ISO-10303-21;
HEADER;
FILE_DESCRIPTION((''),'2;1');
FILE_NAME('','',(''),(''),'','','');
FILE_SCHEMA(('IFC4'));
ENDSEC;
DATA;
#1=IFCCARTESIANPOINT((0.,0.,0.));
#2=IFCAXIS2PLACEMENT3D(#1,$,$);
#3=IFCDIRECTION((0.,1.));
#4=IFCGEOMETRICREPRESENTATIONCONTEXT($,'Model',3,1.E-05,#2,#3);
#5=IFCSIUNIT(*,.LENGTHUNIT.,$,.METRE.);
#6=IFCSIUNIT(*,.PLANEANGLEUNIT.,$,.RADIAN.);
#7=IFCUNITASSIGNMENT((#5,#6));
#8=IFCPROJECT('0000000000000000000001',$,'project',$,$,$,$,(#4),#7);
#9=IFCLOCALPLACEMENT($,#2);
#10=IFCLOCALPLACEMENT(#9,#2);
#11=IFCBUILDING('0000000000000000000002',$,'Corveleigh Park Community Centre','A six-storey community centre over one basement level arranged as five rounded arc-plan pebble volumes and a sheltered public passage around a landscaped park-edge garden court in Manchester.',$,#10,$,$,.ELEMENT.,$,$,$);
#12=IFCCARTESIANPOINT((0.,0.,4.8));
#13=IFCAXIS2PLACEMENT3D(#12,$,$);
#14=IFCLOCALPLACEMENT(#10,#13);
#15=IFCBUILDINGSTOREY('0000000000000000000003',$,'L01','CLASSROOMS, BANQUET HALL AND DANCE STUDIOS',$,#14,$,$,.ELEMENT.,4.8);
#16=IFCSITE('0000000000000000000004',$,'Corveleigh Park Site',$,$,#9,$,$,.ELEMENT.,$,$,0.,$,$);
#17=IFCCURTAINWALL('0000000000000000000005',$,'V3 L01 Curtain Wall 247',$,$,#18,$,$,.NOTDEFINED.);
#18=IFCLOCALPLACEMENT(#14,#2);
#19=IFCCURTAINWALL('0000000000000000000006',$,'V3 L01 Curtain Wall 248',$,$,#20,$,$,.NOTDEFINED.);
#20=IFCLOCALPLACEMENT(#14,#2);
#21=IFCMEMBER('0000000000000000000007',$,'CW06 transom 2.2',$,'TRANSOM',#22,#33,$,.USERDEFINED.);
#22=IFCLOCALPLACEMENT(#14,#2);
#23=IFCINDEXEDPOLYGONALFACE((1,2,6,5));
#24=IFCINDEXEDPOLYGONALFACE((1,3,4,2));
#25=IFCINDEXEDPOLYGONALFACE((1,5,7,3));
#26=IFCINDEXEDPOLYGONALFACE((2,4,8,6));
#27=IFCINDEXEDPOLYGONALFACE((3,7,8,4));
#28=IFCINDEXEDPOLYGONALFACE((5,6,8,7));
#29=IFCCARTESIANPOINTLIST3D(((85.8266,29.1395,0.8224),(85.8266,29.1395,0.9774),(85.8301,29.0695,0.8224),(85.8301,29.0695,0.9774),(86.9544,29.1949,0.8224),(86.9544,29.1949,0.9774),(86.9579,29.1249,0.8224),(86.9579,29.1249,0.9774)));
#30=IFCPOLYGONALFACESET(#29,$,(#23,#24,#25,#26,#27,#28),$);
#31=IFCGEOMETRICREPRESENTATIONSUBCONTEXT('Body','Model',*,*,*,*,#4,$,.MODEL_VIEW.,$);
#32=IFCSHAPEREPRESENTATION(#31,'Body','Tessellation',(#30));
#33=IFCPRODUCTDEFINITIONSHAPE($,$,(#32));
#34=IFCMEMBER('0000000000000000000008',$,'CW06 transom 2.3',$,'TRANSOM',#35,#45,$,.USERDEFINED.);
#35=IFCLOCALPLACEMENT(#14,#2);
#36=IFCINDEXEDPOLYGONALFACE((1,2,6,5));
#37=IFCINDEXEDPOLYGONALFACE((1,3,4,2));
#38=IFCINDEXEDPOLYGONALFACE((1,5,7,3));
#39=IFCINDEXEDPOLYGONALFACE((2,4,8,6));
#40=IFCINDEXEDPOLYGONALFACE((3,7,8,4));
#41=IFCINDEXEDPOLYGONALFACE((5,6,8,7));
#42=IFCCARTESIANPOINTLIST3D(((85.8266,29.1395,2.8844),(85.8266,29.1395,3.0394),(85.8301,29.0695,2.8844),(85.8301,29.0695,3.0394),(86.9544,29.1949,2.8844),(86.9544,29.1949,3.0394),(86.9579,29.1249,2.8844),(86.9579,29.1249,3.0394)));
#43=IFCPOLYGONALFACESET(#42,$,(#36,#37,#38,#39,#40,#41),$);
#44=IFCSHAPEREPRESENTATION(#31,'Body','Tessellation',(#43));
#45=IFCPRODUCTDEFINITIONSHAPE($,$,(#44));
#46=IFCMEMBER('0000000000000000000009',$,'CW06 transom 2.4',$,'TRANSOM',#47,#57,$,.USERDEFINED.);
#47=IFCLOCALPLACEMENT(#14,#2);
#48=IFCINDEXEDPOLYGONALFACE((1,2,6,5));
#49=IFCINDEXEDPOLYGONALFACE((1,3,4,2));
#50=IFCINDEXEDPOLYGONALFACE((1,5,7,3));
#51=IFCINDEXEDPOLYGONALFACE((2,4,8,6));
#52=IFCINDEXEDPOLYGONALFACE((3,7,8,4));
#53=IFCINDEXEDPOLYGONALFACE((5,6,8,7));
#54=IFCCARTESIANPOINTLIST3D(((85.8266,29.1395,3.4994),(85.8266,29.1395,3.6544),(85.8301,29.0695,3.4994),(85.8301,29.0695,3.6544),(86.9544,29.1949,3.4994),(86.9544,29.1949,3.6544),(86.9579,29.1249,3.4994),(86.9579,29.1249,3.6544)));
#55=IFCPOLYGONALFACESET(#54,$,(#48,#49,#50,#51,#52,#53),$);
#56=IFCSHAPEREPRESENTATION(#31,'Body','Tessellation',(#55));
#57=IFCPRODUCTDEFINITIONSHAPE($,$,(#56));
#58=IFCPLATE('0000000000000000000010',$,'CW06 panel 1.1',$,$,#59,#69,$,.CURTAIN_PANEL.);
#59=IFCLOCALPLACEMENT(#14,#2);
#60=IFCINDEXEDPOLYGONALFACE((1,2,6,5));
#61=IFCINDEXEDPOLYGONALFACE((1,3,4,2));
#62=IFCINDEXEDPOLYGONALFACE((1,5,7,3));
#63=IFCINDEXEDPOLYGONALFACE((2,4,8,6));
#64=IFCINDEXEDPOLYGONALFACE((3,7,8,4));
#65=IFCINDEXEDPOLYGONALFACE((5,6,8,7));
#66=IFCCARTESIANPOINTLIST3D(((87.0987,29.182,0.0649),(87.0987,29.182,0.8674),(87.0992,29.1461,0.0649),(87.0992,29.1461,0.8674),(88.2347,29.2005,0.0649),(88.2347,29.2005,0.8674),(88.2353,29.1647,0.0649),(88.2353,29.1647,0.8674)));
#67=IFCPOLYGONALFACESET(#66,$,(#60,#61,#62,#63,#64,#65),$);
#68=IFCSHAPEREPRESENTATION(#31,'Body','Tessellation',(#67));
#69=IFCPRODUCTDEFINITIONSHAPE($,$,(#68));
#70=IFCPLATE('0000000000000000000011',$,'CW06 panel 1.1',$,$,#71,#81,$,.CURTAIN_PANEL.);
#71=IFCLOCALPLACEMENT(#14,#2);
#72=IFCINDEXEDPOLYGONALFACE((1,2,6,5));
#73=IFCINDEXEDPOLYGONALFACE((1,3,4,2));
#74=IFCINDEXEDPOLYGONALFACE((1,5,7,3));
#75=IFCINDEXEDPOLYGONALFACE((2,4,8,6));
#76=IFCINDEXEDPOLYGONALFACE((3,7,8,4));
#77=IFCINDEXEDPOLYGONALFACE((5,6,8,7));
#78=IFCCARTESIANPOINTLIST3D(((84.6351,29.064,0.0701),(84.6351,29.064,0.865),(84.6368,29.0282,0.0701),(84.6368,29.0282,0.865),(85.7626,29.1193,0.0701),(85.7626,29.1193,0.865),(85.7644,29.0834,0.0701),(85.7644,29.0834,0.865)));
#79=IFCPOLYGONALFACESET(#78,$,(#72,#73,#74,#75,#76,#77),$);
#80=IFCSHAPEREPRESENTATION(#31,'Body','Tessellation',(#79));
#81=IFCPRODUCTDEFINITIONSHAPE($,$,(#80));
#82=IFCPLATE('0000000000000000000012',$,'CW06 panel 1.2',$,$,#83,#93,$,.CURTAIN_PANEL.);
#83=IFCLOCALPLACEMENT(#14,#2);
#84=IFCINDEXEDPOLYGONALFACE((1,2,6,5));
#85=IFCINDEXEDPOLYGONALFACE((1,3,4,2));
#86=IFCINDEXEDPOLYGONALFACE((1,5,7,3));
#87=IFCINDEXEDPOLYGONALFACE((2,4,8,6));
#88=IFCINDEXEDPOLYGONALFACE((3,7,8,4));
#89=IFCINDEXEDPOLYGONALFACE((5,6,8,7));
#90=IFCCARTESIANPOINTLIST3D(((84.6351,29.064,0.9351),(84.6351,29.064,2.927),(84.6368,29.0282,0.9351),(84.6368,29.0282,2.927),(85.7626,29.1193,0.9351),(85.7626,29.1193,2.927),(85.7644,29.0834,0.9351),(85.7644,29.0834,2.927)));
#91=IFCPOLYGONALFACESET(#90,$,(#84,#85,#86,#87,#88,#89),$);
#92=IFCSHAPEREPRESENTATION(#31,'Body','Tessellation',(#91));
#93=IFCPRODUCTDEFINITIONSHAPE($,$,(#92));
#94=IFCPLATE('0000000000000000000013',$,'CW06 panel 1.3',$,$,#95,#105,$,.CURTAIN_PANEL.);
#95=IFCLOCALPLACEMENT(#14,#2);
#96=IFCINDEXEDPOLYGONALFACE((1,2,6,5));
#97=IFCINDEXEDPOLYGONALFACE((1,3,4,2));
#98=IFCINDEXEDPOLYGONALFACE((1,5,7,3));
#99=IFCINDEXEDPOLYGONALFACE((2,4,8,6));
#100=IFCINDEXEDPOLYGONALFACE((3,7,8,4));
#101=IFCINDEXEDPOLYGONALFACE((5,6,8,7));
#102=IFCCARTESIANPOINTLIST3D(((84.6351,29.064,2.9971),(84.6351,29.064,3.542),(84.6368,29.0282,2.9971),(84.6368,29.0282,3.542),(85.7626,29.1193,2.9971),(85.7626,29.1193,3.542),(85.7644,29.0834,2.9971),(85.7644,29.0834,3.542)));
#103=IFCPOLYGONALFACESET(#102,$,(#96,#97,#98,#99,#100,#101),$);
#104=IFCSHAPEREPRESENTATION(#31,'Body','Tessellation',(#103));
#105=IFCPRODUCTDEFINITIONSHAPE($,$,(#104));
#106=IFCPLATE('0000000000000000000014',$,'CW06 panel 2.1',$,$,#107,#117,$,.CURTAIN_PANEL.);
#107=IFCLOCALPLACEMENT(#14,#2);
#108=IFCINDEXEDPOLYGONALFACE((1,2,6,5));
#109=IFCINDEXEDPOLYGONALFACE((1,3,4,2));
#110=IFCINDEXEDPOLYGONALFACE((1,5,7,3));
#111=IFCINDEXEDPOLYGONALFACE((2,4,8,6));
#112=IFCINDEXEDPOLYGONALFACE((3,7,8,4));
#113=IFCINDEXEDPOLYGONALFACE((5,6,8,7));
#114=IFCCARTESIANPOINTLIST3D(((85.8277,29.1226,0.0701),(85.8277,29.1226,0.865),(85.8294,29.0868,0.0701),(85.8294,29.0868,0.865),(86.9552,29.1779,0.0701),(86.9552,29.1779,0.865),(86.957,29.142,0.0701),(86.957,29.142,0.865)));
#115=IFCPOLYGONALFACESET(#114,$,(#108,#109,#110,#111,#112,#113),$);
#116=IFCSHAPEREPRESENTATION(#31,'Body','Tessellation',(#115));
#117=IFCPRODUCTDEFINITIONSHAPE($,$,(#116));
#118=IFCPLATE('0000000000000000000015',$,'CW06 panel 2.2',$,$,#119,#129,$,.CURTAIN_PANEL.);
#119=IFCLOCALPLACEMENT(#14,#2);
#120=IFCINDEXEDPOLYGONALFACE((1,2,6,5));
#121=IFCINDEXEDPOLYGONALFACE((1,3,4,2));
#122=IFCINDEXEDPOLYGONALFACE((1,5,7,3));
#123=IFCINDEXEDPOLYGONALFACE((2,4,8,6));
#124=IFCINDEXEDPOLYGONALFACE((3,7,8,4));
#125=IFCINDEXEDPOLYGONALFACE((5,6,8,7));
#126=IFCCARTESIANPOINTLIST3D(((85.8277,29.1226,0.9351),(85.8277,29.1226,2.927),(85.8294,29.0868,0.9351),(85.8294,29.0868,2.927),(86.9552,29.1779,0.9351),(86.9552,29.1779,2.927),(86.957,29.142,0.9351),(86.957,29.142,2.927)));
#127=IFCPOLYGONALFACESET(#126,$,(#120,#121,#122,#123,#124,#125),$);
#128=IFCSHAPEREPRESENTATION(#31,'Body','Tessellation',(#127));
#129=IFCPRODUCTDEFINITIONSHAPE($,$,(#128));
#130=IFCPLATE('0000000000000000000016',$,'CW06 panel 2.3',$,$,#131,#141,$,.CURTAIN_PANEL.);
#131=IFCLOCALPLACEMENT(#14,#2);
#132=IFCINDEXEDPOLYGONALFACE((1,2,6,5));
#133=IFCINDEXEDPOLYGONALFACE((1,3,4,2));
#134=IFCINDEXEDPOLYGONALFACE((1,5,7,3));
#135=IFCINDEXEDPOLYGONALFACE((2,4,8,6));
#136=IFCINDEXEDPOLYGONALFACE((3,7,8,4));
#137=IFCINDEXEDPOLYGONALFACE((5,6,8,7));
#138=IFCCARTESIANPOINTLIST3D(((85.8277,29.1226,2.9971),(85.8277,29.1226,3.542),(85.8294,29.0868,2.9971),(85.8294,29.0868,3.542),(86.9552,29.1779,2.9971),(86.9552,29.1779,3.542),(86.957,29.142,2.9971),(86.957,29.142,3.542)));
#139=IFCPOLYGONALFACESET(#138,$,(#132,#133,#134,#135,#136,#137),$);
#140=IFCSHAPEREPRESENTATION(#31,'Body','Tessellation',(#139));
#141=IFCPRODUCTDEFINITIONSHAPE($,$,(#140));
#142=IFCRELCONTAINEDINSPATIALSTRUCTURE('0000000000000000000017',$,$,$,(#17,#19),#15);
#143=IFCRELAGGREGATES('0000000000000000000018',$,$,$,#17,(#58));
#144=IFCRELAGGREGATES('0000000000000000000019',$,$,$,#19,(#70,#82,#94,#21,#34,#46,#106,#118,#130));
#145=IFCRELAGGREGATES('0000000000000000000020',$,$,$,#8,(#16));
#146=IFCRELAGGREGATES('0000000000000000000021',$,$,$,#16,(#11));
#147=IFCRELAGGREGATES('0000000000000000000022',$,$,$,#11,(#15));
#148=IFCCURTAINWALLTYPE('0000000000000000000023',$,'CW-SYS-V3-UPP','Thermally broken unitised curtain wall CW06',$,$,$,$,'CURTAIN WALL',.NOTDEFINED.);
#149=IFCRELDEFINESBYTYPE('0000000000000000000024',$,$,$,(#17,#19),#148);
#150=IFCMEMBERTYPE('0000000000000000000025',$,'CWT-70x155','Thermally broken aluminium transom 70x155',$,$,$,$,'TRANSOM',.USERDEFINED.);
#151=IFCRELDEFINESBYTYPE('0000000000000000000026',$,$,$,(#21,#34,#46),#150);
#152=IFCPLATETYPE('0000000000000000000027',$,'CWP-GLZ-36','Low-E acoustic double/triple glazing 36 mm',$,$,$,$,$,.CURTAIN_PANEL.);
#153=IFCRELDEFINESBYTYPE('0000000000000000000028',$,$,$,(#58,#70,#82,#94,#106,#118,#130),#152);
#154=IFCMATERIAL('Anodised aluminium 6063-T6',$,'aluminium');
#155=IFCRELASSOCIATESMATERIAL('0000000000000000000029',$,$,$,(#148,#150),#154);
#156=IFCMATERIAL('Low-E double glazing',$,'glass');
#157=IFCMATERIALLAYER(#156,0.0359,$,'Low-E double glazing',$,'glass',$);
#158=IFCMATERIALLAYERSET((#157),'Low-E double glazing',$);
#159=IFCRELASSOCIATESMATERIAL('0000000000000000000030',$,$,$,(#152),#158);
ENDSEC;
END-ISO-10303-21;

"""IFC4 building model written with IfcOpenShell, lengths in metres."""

from ifc_helpers import new_model, si_unit, direction, frame, origin, origin_2d, place, context, subcontext, project, spatial, rectangle, extrude, material, layer, layer_set, material_profile, profile_set, type_object, element, aggregate, save


model = new_model("IFC4")

# Units and contexts
model_context = context("Model", 3, precision=1e-05, world=origin(), true_north=direction((0.0, 1.0)))
body_context = subcontext(model_context, "Body", "Model", "MODEL_VIEW")
ifc_project = project(units=[si_unit("LENGTHUNIT", "METRE"), si_unit("PLANEANGLEUNIT", "RADIAN")], contexts=[model_context])

# Site, building, storey
site_placement = place(None, origin())
site = spatial("IfcSite", under=ifc_project, at=site_placement, Name="Corveleigh Park Site", CompositionType="ELEMENT", RefElevation=0.0)
building_placement = place(site_placement, origin())
building = spatial("IfcBuilding", under=site, at=building_placement, Name="Corveleigh Park Community Centre", Description="A six-storey community centre over one basement level arranged as five rounded arc-plan pebble volumes and a sheltered public passage around a landscaped park-edge garden court in Manchester.", CompositionType="ELEMENT")
storey_placement = place(building_placement, frame((0.0, 0.0, 4.8)))
storey = spatial("IfcBuildingStorey", under=building, at=storey_placement, Name="L01", Description="CLASSROOMS, BANQUET HALL AND DANCE STUDIOS", CompositionType="ELEMENT", Elevation=4.8)

# Curtain wall
ifc_material_1 = material(Name="Anodised aluminium 6063-T6", Category="aluminium")
curtain_wall_type = type_object("IfcCurtainWallType", Name="CW-SYS-V3-UPP", Description="Thermally broken unitised curtain wall CW06", ElementType="CURTAIN WALL", PredefinedType="NOTDEFINED", material=ifc_material_1)
curtain_wall_1_placement = place(storey_placement, origin())
curtain_wall_1 = element("IfcCurtainWall", 1, at=curtain_wall_1_placement, inside=storey, type_object=curtain_wall_type, Name="V3 L01 Curtain Wall 247", PredefinedType="NOTDEFINED")

# Curtain wall
curtain_wall_2_placement = place(storey_placement, origin())
curtain_wall_2 = element("IfcCurtainWall", 2, at=curtain_wall_2_placement, inside=storey, type_object=curtain_wall_type, Name="V3 L01 Curtain Wall 248", PredefinedType="NOTDEFINED")

# Members
ifc_material_profile_1 = material_profile(ifc_material_1, rectangle(XDim=0.0701, YDim=0.155, at=origin_2d()), Name="ALU-T70x155", Category="aluminium")
ifc_profile_set_1 = profile_set([ifc_material_profile_1], Name="Anodised aluminium 6063-T6")
member_type_1 = type_object("IfcMemberType", Name="CWT-70x155", Description="Thermally broken aluminium transom 70x155", ElementType="TRANSOM", PredefinedType="USERDEFINED", material=ifc_profile_set_1)
member_1_placement = place(storey_placement, frame((85.8284, 29.1045, 0.8999), z_axis=(0.998795, 0.049086, 0.0), x_axis=(-0.049086, 0.998795, 0.0)))
member_1 = element("IfcMember", 3, at=member_1_placement, type_object=member_type_1, Name="CW06 transom 2.2", ObjectType="TRANSOM", PredefinedType="USERDEFINED", context=body_context, shape_type="SweptSolid", body=[
    extrude(rectangle(XDim=0.0701, YDim=0.155, at=origin_2d()), origin(), (0.0, 0.0, 1.0), 1.1292),
])
member_2_placement = place(storey_placement, frame((85.8284, 29.1045, 2.9619), z_axis=(0.998795, 0.049086, 0.0), x_axis=(-0.049086, 0.998795, 0.0)))
member_2 = element("IfcMember", 4, at=member_2_placement, type_object=member_type_1, Name="CW06 transom 2.3", ObjectType="TRANSOM", PredefinedType="USERDEFINED", context=body_context, shape_type="SweptSolid", body=[
    extrude(rectangle(XDim=0.0701, YDim=0.155, at=origin_2d()), origin(), (0.0, 0.0, 1.0), 1.1292),
])
member_3_placement = place(storey_placement, frame((85.8284, 29.1045, 3.5769), z_axis=(0.998795, 0.049086, 0.0), x_axis=(-0.049086, 0.998795, 0.0)))
member_3 = element("IfcMember", 5, at=member_3_placement, type_object=member_type_1, Name="CW06 transom 2.4", ObjectType="TRANSOM", PredefinedType="USERDEFINED", context=body_context, shape_type="SweptSolid", body=[
    extrude(rectangle(XDim=0.0701, YDim=0.155, at=origin_2d()), origin(), (0.0, 0.0, 1.0), 1.1292),
])

# Plates
ifc_material_2 = material(Name="Low-E double glazing", Category="glass")
ifc_layer = layer(ifc_material_2, 0.0359, Name="Low-E double glazing", Category="glass")
ifc_layer_set = layer_set([ifc_layer], Name="Low-E double glazing")
plate_type = type_object("IfcPlateType", Name="CWP-GLZ-36", Description="Low-E acoustic double/triple glazing 36 mm", PredefinedType="CURTAIN_PANEL", material=ifc_layer_set)
plate_1_placement = place(storey_placement, frame((87.667, 29.1733, 0.0649), z_axis=(0.0, 0.0, 1.0), x_axis=(0.999867, 0.016311, 0.0)))
plate_1 = element("IfcPlate", 6, at=plate_1_placement, type_object=plate_type, Name="CW06 panel 1.1", PredefinedType="CURTAIN_PANEL", context=body_context, shape_type="SweptSolid", body=[
    extrude(rectangle(XDim=1.1362, YDim=0.0359, at=origin_2d()), origin(), (0.0, 0.0, 1.0), 0.8025),
])
aggregate(curtain_wall_1, [plate_1])
plate_2_placement = place(storey_placement, frame((85.1997, 29.0737, 0.0701), z_axis=(0.0, 0.0, 1.0), x_axis=(0.998803, 0.048921, 0.0)))
plate_2 = element("IfcPlate", 7, at=plate_2_placement, type_object=plate_type, Name="CW06 panel 1.1", PredefinedType="CURTAIN_PANEL", context=body_context, shape_type="SweptSolid", body=[
    extrude(rectangle(XDim=1.1289, YDim=0.0359, at=origin_2d()), origin(), (0.0, 0.0, 1.0), 0.7949),
])
plate_3_placement = place(storey_placement, frame((85.1997, 29.0737, 0.9351), z_axis=(0.0, 0.0, 1.0), x_axis=(0.998803, 0.048921, 0.0)))
plate_3 = element("IfcPlate", 8, at=plate_3_placement, type_object=plate_type, Name="CW06 panel 1.2", PredefinedType="CURTAIN_PANEL", context=body_context, shape_type="SweptSolid", body=[
    extrude(rectangle(XDim=1.1289, YDim=0.0359, at=origin_2d()), origin(), (0.0, 0.0, 1.0), 1.9919),
])
plate_4_placement = place(storey_placement, frame((85.1997, 29.0737, 2.9971), z_axis=(0.0, 0.0, 1.0), x_axis=(0.998803, 0.048921, 0.0)))
plate_4 = element("IfcPlate", 9, at=plate_4_placement, type_object=plate_type, Name="CW06 panel 1.3", PredefinedType="CURTAIN_PANEL", context=body_context, shape_type="SweptSolid", body=[
    extrude(rectangle(XDim=1.1289, YDim=0.0359, at=origin_2d()), origin(), (0.0, 0.0, 1.0), 0.5449),
])
plate_5_placement = place(storey_placement, frame((86.3923, 29.1323, 0.0701), z_axis=(0.0, 0.0, 1.0), x_axis=(0.998803, 0.048921, 0.0)))
plate_5 = element("IfcPlate", 10, at=plate_5_placement, type_object=plate_type, Name="CW06 panel 2.1", PredefinedType="CURTAIN_PANEL", context=body_context, shape_type="SweptSolid", body=[
    extrude(rectangle(XDim=1.1289, YDim=0.0359, at=origin_2d()), origin(), (0.0, 0.0, 1.0), 0.7949),
])
plate_6_placement = place(storey_placement, frame((86.3923, 29.1323, 0.9351), z_axis=(0.0, 0.0, 1.0), x_axis=(0.998803, 0.048921, 0.0)))
plate_6 = element("IfcPlate", 11, at=plate_6_placement, type_object=plate_type, Name="CW06 panel 2.2", PredefinedType="CURTAIN_PANEL", context=body_context, shape_type="SweptSolid", body=[
    extrude(rectangle(XDim=1.1289, YDim=0.0359, at=origin_2d()), origin(), (0.0, 0.0, 1.0), 1.9919),
])
plate_7_placement = place(storey_placement, frame((86.3923, 29.1323, 2.9971), z_axis=(0.0, 0.0, 1.0), x_axis=(0.998803, 0.048921, 0.0)))
plate_7 = element("IfcPlate", 12, at=plate_7_placement, type_object=plate_type, Name="CW06 panel 2.3", PredefinedType="CURTAIN_PANEL", context=body_context, shape_type="SweptSolid", body=[
    extrude(rectangle(XDim=1.1289, YDim=0.0359, at=origin_2d()), origin(), (0.0, 0.0, 1.0), 0.5449),
])
aggregate(curtain_wall_2, [plate_2, plate_3, plate_4, member_1, member_2, member_3, plate_5, plate_6, plate_7])

save(model, "model.ifc")
